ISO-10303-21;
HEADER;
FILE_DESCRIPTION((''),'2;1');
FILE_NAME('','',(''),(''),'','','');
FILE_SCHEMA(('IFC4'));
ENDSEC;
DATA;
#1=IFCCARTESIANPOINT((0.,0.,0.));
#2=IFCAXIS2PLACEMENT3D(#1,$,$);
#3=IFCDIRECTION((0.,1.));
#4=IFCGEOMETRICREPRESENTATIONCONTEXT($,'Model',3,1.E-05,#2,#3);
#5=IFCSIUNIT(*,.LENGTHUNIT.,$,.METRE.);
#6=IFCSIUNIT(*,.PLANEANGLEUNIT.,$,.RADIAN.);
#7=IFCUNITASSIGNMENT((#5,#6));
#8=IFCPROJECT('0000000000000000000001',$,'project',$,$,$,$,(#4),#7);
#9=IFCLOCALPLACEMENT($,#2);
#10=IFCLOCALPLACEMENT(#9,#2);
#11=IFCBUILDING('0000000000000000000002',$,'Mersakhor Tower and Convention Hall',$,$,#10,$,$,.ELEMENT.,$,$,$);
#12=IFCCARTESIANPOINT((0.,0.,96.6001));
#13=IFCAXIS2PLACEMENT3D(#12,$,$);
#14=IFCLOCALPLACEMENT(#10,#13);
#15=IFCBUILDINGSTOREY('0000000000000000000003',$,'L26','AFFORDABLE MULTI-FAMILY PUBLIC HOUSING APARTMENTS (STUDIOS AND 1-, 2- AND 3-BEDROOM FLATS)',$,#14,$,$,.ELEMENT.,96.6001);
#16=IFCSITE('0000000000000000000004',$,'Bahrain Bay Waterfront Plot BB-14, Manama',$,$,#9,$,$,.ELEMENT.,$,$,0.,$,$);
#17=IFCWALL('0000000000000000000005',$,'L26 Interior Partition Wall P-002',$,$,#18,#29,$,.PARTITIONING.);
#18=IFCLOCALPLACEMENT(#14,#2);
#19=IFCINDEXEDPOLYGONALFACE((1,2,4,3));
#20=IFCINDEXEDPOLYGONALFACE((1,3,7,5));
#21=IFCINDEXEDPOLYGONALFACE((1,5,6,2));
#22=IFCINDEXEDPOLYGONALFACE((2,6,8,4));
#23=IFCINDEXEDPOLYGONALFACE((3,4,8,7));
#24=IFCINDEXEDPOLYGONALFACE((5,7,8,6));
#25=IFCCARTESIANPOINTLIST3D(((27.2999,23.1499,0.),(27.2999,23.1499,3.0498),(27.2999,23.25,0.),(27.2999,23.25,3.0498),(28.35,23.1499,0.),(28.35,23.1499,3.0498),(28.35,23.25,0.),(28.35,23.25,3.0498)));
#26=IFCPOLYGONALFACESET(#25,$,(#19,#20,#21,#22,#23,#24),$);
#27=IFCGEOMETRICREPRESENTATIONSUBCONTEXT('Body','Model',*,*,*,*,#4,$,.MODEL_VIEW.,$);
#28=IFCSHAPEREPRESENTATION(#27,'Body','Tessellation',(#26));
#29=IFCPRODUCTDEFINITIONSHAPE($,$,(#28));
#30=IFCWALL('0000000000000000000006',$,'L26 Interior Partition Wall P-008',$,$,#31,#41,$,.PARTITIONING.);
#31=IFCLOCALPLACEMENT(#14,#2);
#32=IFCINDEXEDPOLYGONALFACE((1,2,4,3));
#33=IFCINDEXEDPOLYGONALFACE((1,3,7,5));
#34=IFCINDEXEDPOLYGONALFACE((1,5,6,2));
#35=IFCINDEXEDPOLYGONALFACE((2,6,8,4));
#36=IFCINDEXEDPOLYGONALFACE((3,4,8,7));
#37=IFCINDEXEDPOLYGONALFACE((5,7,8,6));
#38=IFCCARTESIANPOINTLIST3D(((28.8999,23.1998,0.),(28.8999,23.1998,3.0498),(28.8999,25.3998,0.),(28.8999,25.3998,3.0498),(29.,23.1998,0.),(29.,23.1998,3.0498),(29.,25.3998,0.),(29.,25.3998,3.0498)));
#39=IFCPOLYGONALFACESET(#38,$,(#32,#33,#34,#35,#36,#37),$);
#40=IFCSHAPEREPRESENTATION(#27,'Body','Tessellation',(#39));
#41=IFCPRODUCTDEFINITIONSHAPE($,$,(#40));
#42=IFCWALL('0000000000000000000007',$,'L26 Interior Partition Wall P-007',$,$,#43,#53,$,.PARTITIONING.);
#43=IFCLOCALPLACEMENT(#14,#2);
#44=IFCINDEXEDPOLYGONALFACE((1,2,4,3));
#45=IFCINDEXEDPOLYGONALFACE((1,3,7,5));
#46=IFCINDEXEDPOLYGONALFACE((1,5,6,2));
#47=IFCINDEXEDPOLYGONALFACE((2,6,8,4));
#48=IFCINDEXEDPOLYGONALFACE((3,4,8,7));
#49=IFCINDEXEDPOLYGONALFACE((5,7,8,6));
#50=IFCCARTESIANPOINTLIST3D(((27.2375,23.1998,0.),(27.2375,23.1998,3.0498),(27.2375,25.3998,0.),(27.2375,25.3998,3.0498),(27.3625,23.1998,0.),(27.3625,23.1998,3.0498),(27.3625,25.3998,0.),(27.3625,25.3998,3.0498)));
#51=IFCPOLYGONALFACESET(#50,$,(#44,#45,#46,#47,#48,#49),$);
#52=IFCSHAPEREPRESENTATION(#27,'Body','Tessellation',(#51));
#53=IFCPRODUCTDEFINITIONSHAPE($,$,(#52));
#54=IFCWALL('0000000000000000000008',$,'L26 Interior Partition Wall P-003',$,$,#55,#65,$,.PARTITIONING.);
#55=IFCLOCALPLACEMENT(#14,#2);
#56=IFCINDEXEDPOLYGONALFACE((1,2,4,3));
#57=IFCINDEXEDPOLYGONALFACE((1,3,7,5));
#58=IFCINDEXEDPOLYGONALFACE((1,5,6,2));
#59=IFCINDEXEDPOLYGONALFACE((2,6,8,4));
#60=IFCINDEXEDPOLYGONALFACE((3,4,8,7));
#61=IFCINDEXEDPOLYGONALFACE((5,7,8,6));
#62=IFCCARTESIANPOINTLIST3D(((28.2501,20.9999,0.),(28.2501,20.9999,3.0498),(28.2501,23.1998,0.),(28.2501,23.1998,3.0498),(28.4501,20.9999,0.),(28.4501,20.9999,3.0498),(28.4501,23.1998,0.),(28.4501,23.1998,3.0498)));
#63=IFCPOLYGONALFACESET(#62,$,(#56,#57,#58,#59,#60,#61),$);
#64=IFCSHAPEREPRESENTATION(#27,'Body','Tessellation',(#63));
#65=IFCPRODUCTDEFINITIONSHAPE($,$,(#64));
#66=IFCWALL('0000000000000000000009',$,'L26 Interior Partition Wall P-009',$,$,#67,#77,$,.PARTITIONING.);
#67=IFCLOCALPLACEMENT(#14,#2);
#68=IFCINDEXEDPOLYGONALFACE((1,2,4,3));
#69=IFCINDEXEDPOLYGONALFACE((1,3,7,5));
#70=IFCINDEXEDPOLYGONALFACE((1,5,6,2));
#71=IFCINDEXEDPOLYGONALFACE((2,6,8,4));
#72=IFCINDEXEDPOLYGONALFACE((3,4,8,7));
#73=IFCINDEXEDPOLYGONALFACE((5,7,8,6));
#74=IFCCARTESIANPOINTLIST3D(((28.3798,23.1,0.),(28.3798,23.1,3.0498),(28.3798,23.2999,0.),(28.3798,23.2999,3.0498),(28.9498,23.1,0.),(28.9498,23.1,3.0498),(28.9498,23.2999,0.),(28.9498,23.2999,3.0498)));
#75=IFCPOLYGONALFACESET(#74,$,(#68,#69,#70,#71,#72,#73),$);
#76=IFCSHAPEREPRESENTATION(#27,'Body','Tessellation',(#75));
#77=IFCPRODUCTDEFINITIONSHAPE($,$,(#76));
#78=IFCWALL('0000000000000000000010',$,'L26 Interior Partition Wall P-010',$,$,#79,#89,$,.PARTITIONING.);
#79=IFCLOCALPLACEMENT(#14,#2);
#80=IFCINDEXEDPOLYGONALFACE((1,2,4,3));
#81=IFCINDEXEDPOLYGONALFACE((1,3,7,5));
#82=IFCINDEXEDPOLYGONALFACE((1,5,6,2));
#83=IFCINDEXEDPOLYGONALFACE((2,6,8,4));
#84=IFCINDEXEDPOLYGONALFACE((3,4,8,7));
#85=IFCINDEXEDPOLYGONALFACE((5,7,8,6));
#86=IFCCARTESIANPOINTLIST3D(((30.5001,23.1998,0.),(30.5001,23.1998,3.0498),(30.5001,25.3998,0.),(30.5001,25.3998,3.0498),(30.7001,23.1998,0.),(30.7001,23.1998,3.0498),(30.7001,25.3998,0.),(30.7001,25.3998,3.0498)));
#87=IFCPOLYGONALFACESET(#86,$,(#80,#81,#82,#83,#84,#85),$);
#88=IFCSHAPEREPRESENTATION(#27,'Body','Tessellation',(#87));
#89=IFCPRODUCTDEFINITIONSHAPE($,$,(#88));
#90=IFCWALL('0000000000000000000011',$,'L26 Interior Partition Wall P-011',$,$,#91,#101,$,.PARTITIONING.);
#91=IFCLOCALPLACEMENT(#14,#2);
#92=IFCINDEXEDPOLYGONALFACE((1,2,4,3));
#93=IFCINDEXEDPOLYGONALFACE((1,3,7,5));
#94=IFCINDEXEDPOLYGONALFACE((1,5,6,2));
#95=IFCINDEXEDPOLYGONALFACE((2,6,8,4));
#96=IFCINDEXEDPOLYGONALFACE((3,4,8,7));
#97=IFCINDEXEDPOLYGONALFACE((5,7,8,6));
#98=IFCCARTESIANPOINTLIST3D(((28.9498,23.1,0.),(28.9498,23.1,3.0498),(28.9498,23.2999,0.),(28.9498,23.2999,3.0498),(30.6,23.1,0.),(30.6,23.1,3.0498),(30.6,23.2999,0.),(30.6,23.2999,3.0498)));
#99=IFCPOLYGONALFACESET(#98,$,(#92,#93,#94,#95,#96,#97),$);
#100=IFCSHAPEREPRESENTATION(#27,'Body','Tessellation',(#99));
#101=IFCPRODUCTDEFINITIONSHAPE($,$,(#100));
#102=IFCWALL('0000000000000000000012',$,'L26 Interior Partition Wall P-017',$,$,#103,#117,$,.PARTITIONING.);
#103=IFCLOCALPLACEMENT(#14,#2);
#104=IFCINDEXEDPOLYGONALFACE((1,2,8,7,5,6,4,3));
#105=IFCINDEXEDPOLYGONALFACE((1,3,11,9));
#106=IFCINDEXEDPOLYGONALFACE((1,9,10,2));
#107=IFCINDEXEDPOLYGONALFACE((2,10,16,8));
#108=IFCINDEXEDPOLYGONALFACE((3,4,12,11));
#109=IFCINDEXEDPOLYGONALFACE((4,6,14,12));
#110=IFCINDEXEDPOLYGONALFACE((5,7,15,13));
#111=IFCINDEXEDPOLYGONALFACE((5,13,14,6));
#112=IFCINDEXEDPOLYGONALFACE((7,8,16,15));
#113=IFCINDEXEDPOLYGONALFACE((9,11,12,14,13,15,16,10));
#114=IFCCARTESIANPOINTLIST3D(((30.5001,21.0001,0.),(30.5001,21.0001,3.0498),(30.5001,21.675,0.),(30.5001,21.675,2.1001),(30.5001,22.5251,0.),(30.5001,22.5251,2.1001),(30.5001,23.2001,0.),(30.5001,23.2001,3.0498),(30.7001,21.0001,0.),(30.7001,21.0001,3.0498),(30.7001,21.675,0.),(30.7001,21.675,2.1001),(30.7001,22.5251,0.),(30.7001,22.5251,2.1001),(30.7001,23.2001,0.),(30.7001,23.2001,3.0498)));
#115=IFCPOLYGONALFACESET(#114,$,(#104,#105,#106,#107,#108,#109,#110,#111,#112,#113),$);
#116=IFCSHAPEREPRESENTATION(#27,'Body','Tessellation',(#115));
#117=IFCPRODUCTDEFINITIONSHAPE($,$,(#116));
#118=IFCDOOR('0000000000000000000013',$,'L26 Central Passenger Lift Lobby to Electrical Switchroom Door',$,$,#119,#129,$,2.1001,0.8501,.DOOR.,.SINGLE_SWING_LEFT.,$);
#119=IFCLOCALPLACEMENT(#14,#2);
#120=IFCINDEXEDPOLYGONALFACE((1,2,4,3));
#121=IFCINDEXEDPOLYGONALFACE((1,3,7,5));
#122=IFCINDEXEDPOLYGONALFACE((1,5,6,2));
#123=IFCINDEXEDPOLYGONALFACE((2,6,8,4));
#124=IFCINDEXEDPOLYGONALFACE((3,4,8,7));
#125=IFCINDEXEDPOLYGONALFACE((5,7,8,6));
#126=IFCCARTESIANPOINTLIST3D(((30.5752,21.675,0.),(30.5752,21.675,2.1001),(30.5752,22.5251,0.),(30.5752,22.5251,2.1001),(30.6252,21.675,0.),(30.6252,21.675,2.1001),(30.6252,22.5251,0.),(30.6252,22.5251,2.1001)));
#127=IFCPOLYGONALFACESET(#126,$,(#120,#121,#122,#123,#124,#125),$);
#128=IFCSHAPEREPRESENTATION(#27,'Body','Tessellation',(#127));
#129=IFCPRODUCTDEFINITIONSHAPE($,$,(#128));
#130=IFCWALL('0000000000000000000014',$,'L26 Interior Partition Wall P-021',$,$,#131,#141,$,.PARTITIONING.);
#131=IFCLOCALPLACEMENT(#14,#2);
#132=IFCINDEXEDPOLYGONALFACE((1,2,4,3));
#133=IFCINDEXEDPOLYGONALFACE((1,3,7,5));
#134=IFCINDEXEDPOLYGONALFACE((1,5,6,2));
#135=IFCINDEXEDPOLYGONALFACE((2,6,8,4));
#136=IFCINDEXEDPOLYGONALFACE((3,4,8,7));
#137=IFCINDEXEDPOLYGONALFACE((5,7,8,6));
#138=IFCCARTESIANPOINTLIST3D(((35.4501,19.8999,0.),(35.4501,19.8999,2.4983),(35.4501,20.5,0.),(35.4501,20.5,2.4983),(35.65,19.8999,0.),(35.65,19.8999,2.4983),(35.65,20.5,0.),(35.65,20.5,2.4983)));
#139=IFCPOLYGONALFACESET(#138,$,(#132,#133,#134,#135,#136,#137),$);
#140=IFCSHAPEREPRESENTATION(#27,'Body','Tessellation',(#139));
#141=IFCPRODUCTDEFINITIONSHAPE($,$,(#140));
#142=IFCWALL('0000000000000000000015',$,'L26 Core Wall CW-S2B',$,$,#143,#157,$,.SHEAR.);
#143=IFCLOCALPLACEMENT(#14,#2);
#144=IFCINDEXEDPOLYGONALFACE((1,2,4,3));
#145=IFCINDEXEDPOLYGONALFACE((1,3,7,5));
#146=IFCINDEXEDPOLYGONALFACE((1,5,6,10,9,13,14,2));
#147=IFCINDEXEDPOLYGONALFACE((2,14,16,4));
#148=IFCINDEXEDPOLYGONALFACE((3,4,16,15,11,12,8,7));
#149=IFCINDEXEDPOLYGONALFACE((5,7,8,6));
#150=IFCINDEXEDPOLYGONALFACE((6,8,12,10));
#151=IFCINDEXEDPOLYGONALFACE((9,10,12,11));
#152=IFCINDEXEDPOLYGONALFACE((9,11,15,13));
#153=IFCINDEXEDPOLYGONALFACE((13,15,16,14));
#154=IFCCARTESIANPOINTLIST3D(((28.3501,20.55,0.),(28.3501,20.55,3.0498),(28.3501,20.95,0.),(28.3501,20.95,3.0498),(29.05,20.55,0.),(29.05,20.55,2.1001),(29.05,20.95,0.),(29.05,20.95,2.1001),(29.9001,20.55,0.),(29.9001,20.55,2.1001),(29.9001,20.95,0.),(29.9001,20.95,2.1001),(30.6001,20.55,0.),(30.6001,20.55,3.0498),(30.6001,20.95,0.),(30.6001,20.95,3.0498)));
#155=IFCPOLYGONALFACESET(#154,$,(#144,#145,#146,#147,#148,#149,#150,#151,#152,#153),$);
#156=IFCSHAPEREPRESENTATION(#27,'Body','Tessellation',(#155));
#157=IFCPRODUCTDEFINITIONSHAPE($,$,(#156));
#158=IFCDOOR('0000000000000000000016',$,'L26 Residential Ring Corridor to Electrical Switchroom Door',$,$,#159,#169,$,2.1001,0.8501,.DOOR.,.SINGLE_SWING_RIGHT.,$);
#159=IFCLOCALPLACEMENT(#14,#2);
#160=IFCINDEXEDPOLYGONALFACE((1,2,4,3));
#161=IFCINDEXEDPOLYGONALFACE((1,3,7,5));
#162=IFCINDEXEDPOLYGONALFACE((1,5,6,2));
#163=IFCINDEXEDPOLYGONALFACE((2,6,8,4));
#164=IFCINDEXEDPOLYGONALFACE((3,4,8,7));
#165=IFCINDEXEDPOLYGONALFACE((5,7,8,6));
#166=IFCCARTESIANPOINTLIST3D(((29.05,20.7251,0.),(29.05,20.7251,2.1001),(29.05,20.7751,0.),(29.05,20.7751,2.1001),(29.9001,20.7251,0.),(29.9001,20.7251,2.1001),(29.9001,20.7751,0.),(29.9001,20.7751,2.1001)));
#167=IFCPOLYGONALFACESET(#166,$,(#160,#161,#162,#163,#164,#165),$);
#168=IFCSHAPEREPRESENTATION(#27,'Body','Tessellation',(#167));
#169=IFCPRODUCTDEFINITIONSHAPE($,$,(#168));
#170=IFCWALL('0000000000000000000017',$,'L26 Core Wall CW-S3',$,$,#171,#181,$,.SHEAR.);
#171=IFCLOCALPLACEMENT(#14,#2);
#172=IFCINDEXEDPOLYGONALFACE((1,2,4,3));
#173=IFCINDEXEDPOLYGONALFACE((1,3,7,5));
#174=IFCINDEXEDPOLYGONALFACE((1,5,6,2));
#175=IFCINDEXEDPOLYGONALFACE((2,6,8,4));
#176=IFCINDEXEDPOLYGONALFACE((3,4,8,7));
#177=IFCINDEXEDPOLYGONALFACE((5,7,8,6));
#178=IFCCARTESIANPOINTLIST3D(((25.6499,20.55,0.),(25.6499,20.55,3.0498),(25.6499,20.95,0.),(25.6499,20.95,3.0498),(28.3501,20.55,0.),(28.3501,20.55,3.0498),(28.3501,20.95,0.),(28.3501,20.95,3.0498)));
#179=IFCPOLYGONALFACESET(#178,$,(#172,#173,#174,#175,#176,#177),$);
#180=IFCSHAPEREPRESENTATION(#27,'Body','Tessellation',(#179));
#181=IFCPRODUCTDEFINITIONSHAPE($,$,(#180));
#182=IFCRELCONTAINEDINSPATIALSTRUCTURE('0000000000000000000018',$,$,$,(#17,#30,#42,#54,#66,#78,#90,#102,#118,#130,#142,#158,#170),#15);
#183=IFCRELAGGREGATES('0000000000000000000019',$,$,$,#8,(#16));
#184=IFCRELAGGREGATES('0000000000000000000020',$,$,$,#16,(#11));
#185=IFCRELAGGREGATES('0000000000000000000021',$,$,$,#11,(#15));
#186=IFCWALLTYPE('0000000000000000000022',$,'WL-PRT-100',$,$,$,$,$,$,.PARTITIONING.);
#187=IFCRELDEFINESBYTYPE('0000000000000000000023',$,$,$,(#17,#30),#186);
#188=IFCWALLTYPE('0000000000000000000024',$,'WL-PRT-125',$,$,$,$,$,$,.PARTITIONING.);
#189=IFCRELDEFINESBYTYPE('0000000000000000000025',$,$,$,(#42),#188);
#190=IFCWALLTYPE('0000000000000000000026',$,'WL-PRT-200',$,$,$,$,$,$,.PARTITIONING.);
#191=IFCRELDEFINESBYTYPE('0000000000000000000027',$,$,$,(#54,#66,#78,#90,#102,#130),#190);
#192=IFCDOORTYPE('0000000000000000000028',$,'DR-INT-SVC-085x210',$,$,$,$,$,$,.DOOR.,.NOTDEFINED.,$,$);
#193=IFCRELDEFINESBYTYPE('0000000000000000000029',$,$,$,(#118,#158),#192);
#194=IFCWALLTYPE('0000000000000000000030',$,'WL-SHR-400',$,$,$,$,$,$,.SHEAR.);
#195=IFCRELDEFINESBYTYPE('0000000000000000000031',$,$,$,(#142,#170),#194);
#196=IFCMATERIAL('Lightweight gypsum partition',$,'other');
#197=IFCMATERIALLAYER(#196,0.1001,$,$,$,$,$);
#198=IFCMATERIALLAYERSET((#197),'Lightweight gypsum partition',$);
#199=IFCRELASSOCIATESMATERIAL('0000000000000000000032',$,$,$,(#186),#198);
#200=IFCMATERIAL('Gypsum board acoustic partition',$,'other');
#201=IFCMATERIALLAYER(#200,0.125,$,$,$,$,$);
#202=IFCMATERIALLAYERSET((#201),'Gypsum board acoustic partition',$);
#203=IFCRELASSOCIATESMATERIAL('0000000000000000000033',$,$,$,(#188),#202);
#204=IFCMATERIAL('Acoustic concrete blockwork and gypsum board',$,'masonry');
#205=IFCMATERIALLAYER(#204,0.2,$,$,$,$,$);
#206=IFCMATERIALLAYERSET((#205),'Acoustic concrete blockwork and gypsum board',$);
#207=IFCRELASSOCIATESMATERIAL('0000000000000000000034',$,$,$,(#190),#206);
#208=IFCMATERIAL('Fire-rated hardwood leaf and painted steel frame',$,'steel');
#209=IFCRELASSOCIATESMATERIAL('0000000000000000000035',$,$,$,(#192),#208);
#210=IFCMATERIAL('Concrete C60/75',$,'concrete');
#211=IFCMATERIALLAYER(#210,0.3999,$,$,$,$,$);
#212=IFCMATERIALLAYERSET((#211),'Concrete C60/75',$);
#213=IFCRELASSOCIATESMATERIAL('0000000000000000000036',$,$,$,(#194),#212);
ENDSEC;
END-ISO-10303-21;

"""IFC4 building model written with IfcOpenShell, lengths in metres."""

from ifc_helpers import new_model, si_unit, direction, frame, frame_2d, origin, place, context, subcontext, project, spatial, rectangle, extrude, material, layer, layer_set, type_object, element, fill, save


model = new_model("IFC4")

# Units and contexts
model_context = context("Model", 3, precision=1e-05, world=origin(), true_north=direction((0.0, 1.0)))
body_context = subcontext(model_context, "Body", "Model", "MODEL_VIEW")
ifc_project = project(units=[si_unit("LENGTHUNIT", "METRE"), si_unit("PLANEANGLEUNIT", "RADIAN")], contexts=[model_context])

# Site, building, storey
site_placement = place(None, origin())
site = spatial("IfcSite", under=ifc_project, at=site_placement, Name="Bahrain Bay Waterfront Plot BB-14, Manama", CompositionType="ELEMENT", RefElevation=0.0)
building_placement = place(site_placement, origin())
building = spatial("IfcBuilding", under=site, at=building_placement, Name="Mersakhor Tower and Convention Hall", CompositionType="ELEMENT")
storey_placement = place(building_placement, frame((0.0, 0.0, 96.6001)))
storey = spatial("IfcBuildingStorey", under=building, at=storey_placement, Name="L26", Description="AFFORDABLE MULTI-FAMILY PUBLIC HOUSING APARTMENTS (STUDIOS AND 1-, 2- AND 3-BEDROOM FLATS)", CompositionType="ELEMENT", Elevation=96.6001)

# Walls
ifc_material_1 = material(Name="Lightweight gypsum partition", Category="other")
ifc_layer_1 = layer(ifc_material_1, 0.1001)
ifc_layer_set_1 = layer_set([ifc_layer_1], Name="Lightweight gypsum partition")
wall_type_1 = type_object("IfcWallType", Name="WL-PRT-100", PredefinedType="PARTITIONING", material=ifc_layer_set_1)
wall_1_placement = place(storey_placement, frame((27.3, 23.2, 0.0), z_axis=(0.0, 0.0, 1.0), x_axis=(1.0, 0.0, 0.0)))
element("IfcWall", 1, at=wall_1_placement, inside=storey, type_object=wall_type_1, Name="L26 Interior Partition Wall P-002", PredefinedType="PARTITIONING", context=body_context, shape_type="SweptSolid", body=[
    extrude(rectangle(XDim=1.05, YDim=0.1001, at=frame_2d((0.5249, 0.0))), origin(), (0.0, 0.0, 1.0), 3.0498),
])
wall_2_placement = place(storey_placement, frame((28.95, 25.3999, 0.0), z_axis=(0.0, 0.0, 1.0), x_axis=(0.0, -1.0, 0.0)))
element("IfcWall", 2, at=wall_2_placement, inside=storey, type_object=wall_type_1, Name="L26 Interior Partition Wall P-008", PredefinedType="PARTITIONING", context=body_context, shape_type="SweptSolid", body=[
    extrude(rectangle(XDim=2.2, YDim=0.1001, at=frame_2d((1.1001, 0.0))), origin(), (0.0, 0.0, 1.0), 3.0498),
])
ifc_material_2 = material(Name="Gypsum board acoustic partition", Category="other")
ifc_layer_2 = layer(ifc_material_2, 0.125)
ifc_layer_set_2 = layer_set([ifc_layer_2], Name="Gypsum board acoustic partition")
wall_type_2 = type_object("IfcWallType", Name="WL-PRT-125", PredefinedType="PARTITIONING", material=ifc_layer_set_2)
wall_3_placement = place(storey_placement, frame((27.3, 25.3999, 0.0), z_axis=(0.0, 0.0, 1.0), x_axis=(0.0, -1.0, 0.0)))
element("IfcWall", 3, at=wall_3_placement, inside=storey, type_object=wall_type_2, Name="L26 Interior Partition Wall P-007", PredefinedType="PARTITIONING", context=body_context, shape_type="SweptSolid", body=[
    extrude(rectangle(XDim=2.2, YDim=0.125, at=frame_2d((1.1001, 0.0))), origin(), (0.0, 0.0, 1.0), 3.0498),
])
ifc_material_3 = material(Name="Acoustic concrete blockwork and gypsum board", Category="masonry")
ifc_layer_3 = layer(ifc_material_3, 0.2)
ifc_layer_set_3 = layer_set([ifc_layer_3], Name="Acoustic concrete blockwork and gypsum board")
wall_type_3 = type_object("IfcWallType", Name="WL-PRT-200", PredefinedType="PARTITIONING", material=ifc_layer_set_3)
wall_4_placement = place(storey_placement, frame((28.3501, 23.2, 0.0), z_axis=(0.0, 0.0, 1.0), x_axis=(0.0, -1.0, 0.0)))
element("IfcWall", 4, at=wall_4_placement, inside=storey, type_object=wall_type_3, Name="L26 Interior Partition Wall P-003", PredefinedType="PARTITIONING", context=body_context, shape_type="SweptSolid", body=[
    extrude(rectangle(XDim=2.2, YDim=0.2, at=frame_2d((1.1001, 0.0))), origin(), (0.0, 0.0, 1.0), 3.0498),
])
wall_5_placement = place(storey_placement, frame((28.95, 23.2, 0.0), z_axis=(0.0, 0.0, 1.0), x_axis=(-1.0, 0.0, 0.0)))
element("IfcWall", 5, at=wall_5_placement, inside=storey, type_object=wall_type_3, Name="L26 Interior Partition Wall P-009", PredefinedType="PARTITIONING", context=body_context, shape_type="SweptSolid", body=[
    extrude(rectangle(XDim=0.5701, YDim=0.2, at=frame_2d((0.2852, 0.0))), origin(), (0.0, 0.0, 1.0), 3.0498),
])
wall_6_placement = place(storey_placement, frame((30.6001, 25.3999, 0.0), z_axis=(0.0, 0.0, 1.0), x_axis=(0.0, -1.0, 0.0)))
element("IfcWall", 6, at=wall_6_placement, inside=storey, type_object=wall_type_3, Name="L26 Interior Partition Wall P-010", PredefinedType="PARTITIONING", context=body_context, shape_type="SweptSolid", body=[
    extrude(rectangle(XDim=2.2, YDim=0.2, at=frame_2d((1.1001, 0.0))), origin(), (0.0, 0.0, 1.0), 3.0498),
])
wall_7_placement = place(storey_placement, frame((30.6001, 23.2, 0.0), z_axis=(0.0, 0.0, 1.0), x_axis=(-1.0, 0.0, 0.0)))
element("IfcWall", 7, at=wall_7_placement, inside=storey, type_object=wall_type_3, Name="L26 Interior Partition Wall P-011", PredefinedType="PARTITIONING", context=body_context, shape_type="SweptSolid", body=[
    extrude(rectangle(XDim=1.6501, YDim=0.2, at=frame_2d((0.8252, 0.0))), origin(), (0.0, 0.0, 1.0), 3.0498),
])

# Wall, opening, door
wall_8_placement = place(storey_placement, frame((30.6001, 21.0, 0.0), z_axis=(0.0, 0.0, 1.0), x_axis=(0.0, 1.0, 0.0)))
wall_8 = element("IfcWall", 8, at=wall_8_placement, inside=storey, type_object=wall_type_3, Name="L26 Interior Partition Wall P-017", PredefinedType="PARTITIONING", context=body_context, shape_type="SweptSolid", body=[
    extrude(rectangle(XDim=2.2, YDim=0.2, at=frame_2d((1.1001, 0.0))), origin(), (0.0, 0.0, 1.0), 3.0498),
])
opening_1_placement = place(wall_8_placement, frame((0.675, 0.0, 0.0)))
opening_1 = element("IfcOpeningElement", 9, at=opening_1_placement, cuts=wall_8, PredefinedType="OPENING", context=body_context, shape_type="SweptSolid", body=[
    extrude(rectangle(XDim=0.8501, YDim=2.1001, at=frame_2d((0.425, 1.05))), frame((0.0, 0.1099, 0.0), z_axis=(0.0, -1.0, 0.0), x_axis=(1.0, 0.0, 0.0)), (0.0, 0.0, 1.0), 0.22),
])
ifc_material_4 = material(Name="Fire-rated hardwood leaf and painted steel frame", Category="steel")
door_type_1 = type_object("IfcDoorType", Name="DR-INT-SVC-085x210", OperationType="NOTDEFINED", PredefinedType="DOOR", material=ifc_material_4)
door_1_placement = place(opening_1_placement, origin())
door_1 = element("IfcDoor", 10, at=door_1_placement, inside=storey, type_object=door_type_1, Name="L26 Central Passenger Lift Lobby to Electrical Switchroom Door", OperationType="SINGLE_SWING_LEFT", OverallHeight=2.1001, OverallWidth=0.8501, PredefinedType="DOOR", context=body_context, shape_type="SweptSolid", body=[
    extrude(rectangle(XDim=0.8501, YDim=2.1001, at=frame_2d((0.425, 1.05))), frame((0.0, 0.0249, 0.0), z_axis=(0.0, -1.0, 0.0), x_axis=(1.0, 0.0, 0.0)), (0.0, 0.0, 1.0), 0.05),
])
fill(opening_1, door_1)

# Wall
wall_9_placement = place(storey_placement, frame((35.55, 20.5, 0.0), z_axis=(0.0, 0.0, 1.0), x_axis=(0.0, -1.0, 0.0)))
element("IfcWall", 11, at=wall_9_placement, inside=storey, type_object=wall_type_3, Name="L26 Interior Partition Wall P-021", PredefinedType="PARTITIONING", context=body_context, shape_type="SweptSolid", body=[
    extrude(rectangle(XDim=0.6001, YDim=0.2, at=frame_2d((0.3, 0.0))), origin(), (0.0, 0.0, 1.0), 2.4983),
])

# Wall, opening, door
ifc_material_5 = material(Name="Concrete C60/75", Category="concrete")
ifc_layer_4 = layer(ifc_material_5, 0.3999)
ifc_layer_set_4 = layer_set([ifc_layer_4], Name="Concrete C60/75")
wall_type_4 = type_object("IfcWallType", Name="WL-SHR-400", PredefinedType="SHEAR", material=ifc_layer_set_4)
wall_10_placement = place(storey_placement, frame((30.6001, 20.75, 0.0), z_axis=(0.0, 0.0, 1.0), x_axis=(-1.0, 0.0, 0.0)))
wall_10 = element("IfcWall", 12, at=wall_10_placement, inside=storey, type_object=wall_type_4, Name="L26 Core Wall CW-S2B", PredefinedType="SHEAR", context=body_context, shape_type="SweptSolid", body=[
    extrude(rectangle(XDim=2.25, YDim=0.3999, at=frame_2d((1.125, 0.0))), origin(), (0.0, 0.0, 1.0), 3.0498),
])
opening_2_placement = place(wall_10_placement, frame((0.7, 0.0, 0.0)))
opening_2 = element("IfcOpeningElement", 13, at=opening_2_placement, cuts=wall_10, PredefinedType="OPENING", context=body_context, shape_type="SweptSolid", body=[
    extrude(rectangle(XDim=0.8501, YDim=2.1001, at=frame_2d((0.425, 1.05))), frame((0.0, 0.21, 0.0), z_axis=(0.0, -1.0, 0.0), x_axis=(1.0, 0.0, 0.0)), (0.0, 0.0, 1.0), 0.4199),
])
door_2_placement = place(opening_2_placement, origin())
door_2 = element("IfcDoor", 14, at=door_2_placement, inside=storey, type_object=door_type_1, Name="L26 Residential Ring Corridor to Electrical Switchroom Door", OperationType="SINGLE_SWING_RIGHT", OverallHeight=2.1001, OverallWidth=0.8501, PredefinedType="DOOR", context=body_context, shape_type="SweptSolid", body=[
    extrude(rectangle(XDim=0.8501, YDim=2.1001, at=frame_2d((0.425, 1.05))), frame((0.0, 0.0249, 0.0), z_axis=(0.0, -1.0, 0.0), x_axis=(1.0, 0.0, 0.0)), (0.0, 0.0, 1.0), 0.05),
])
fill(opening_2, door_2)

# Wall
wall_11_placement = place(storey_placement, frame((28.3501, 20.75, 0.0), z_axis=(0.0, 0.0, 1.0), x_axis=(-1.0, 0.0, 0.0)))
element("IfcWall", 15, at=wall_11_placement, inside=storey, type_object=wall_type_4, Name="L26 Core Wall CW-S3", PredefinedType="SHEAR", context=body_context, shape_type="SweptSolid", body=[
    extrude(rectangle(XDim=2.7002, YDim=0.3999, at=frame_2d((1.3501, 0.0))), origin(), (0.0, 0.0, 1.0), 3.0498),
])

save(model, "model.ifc")
